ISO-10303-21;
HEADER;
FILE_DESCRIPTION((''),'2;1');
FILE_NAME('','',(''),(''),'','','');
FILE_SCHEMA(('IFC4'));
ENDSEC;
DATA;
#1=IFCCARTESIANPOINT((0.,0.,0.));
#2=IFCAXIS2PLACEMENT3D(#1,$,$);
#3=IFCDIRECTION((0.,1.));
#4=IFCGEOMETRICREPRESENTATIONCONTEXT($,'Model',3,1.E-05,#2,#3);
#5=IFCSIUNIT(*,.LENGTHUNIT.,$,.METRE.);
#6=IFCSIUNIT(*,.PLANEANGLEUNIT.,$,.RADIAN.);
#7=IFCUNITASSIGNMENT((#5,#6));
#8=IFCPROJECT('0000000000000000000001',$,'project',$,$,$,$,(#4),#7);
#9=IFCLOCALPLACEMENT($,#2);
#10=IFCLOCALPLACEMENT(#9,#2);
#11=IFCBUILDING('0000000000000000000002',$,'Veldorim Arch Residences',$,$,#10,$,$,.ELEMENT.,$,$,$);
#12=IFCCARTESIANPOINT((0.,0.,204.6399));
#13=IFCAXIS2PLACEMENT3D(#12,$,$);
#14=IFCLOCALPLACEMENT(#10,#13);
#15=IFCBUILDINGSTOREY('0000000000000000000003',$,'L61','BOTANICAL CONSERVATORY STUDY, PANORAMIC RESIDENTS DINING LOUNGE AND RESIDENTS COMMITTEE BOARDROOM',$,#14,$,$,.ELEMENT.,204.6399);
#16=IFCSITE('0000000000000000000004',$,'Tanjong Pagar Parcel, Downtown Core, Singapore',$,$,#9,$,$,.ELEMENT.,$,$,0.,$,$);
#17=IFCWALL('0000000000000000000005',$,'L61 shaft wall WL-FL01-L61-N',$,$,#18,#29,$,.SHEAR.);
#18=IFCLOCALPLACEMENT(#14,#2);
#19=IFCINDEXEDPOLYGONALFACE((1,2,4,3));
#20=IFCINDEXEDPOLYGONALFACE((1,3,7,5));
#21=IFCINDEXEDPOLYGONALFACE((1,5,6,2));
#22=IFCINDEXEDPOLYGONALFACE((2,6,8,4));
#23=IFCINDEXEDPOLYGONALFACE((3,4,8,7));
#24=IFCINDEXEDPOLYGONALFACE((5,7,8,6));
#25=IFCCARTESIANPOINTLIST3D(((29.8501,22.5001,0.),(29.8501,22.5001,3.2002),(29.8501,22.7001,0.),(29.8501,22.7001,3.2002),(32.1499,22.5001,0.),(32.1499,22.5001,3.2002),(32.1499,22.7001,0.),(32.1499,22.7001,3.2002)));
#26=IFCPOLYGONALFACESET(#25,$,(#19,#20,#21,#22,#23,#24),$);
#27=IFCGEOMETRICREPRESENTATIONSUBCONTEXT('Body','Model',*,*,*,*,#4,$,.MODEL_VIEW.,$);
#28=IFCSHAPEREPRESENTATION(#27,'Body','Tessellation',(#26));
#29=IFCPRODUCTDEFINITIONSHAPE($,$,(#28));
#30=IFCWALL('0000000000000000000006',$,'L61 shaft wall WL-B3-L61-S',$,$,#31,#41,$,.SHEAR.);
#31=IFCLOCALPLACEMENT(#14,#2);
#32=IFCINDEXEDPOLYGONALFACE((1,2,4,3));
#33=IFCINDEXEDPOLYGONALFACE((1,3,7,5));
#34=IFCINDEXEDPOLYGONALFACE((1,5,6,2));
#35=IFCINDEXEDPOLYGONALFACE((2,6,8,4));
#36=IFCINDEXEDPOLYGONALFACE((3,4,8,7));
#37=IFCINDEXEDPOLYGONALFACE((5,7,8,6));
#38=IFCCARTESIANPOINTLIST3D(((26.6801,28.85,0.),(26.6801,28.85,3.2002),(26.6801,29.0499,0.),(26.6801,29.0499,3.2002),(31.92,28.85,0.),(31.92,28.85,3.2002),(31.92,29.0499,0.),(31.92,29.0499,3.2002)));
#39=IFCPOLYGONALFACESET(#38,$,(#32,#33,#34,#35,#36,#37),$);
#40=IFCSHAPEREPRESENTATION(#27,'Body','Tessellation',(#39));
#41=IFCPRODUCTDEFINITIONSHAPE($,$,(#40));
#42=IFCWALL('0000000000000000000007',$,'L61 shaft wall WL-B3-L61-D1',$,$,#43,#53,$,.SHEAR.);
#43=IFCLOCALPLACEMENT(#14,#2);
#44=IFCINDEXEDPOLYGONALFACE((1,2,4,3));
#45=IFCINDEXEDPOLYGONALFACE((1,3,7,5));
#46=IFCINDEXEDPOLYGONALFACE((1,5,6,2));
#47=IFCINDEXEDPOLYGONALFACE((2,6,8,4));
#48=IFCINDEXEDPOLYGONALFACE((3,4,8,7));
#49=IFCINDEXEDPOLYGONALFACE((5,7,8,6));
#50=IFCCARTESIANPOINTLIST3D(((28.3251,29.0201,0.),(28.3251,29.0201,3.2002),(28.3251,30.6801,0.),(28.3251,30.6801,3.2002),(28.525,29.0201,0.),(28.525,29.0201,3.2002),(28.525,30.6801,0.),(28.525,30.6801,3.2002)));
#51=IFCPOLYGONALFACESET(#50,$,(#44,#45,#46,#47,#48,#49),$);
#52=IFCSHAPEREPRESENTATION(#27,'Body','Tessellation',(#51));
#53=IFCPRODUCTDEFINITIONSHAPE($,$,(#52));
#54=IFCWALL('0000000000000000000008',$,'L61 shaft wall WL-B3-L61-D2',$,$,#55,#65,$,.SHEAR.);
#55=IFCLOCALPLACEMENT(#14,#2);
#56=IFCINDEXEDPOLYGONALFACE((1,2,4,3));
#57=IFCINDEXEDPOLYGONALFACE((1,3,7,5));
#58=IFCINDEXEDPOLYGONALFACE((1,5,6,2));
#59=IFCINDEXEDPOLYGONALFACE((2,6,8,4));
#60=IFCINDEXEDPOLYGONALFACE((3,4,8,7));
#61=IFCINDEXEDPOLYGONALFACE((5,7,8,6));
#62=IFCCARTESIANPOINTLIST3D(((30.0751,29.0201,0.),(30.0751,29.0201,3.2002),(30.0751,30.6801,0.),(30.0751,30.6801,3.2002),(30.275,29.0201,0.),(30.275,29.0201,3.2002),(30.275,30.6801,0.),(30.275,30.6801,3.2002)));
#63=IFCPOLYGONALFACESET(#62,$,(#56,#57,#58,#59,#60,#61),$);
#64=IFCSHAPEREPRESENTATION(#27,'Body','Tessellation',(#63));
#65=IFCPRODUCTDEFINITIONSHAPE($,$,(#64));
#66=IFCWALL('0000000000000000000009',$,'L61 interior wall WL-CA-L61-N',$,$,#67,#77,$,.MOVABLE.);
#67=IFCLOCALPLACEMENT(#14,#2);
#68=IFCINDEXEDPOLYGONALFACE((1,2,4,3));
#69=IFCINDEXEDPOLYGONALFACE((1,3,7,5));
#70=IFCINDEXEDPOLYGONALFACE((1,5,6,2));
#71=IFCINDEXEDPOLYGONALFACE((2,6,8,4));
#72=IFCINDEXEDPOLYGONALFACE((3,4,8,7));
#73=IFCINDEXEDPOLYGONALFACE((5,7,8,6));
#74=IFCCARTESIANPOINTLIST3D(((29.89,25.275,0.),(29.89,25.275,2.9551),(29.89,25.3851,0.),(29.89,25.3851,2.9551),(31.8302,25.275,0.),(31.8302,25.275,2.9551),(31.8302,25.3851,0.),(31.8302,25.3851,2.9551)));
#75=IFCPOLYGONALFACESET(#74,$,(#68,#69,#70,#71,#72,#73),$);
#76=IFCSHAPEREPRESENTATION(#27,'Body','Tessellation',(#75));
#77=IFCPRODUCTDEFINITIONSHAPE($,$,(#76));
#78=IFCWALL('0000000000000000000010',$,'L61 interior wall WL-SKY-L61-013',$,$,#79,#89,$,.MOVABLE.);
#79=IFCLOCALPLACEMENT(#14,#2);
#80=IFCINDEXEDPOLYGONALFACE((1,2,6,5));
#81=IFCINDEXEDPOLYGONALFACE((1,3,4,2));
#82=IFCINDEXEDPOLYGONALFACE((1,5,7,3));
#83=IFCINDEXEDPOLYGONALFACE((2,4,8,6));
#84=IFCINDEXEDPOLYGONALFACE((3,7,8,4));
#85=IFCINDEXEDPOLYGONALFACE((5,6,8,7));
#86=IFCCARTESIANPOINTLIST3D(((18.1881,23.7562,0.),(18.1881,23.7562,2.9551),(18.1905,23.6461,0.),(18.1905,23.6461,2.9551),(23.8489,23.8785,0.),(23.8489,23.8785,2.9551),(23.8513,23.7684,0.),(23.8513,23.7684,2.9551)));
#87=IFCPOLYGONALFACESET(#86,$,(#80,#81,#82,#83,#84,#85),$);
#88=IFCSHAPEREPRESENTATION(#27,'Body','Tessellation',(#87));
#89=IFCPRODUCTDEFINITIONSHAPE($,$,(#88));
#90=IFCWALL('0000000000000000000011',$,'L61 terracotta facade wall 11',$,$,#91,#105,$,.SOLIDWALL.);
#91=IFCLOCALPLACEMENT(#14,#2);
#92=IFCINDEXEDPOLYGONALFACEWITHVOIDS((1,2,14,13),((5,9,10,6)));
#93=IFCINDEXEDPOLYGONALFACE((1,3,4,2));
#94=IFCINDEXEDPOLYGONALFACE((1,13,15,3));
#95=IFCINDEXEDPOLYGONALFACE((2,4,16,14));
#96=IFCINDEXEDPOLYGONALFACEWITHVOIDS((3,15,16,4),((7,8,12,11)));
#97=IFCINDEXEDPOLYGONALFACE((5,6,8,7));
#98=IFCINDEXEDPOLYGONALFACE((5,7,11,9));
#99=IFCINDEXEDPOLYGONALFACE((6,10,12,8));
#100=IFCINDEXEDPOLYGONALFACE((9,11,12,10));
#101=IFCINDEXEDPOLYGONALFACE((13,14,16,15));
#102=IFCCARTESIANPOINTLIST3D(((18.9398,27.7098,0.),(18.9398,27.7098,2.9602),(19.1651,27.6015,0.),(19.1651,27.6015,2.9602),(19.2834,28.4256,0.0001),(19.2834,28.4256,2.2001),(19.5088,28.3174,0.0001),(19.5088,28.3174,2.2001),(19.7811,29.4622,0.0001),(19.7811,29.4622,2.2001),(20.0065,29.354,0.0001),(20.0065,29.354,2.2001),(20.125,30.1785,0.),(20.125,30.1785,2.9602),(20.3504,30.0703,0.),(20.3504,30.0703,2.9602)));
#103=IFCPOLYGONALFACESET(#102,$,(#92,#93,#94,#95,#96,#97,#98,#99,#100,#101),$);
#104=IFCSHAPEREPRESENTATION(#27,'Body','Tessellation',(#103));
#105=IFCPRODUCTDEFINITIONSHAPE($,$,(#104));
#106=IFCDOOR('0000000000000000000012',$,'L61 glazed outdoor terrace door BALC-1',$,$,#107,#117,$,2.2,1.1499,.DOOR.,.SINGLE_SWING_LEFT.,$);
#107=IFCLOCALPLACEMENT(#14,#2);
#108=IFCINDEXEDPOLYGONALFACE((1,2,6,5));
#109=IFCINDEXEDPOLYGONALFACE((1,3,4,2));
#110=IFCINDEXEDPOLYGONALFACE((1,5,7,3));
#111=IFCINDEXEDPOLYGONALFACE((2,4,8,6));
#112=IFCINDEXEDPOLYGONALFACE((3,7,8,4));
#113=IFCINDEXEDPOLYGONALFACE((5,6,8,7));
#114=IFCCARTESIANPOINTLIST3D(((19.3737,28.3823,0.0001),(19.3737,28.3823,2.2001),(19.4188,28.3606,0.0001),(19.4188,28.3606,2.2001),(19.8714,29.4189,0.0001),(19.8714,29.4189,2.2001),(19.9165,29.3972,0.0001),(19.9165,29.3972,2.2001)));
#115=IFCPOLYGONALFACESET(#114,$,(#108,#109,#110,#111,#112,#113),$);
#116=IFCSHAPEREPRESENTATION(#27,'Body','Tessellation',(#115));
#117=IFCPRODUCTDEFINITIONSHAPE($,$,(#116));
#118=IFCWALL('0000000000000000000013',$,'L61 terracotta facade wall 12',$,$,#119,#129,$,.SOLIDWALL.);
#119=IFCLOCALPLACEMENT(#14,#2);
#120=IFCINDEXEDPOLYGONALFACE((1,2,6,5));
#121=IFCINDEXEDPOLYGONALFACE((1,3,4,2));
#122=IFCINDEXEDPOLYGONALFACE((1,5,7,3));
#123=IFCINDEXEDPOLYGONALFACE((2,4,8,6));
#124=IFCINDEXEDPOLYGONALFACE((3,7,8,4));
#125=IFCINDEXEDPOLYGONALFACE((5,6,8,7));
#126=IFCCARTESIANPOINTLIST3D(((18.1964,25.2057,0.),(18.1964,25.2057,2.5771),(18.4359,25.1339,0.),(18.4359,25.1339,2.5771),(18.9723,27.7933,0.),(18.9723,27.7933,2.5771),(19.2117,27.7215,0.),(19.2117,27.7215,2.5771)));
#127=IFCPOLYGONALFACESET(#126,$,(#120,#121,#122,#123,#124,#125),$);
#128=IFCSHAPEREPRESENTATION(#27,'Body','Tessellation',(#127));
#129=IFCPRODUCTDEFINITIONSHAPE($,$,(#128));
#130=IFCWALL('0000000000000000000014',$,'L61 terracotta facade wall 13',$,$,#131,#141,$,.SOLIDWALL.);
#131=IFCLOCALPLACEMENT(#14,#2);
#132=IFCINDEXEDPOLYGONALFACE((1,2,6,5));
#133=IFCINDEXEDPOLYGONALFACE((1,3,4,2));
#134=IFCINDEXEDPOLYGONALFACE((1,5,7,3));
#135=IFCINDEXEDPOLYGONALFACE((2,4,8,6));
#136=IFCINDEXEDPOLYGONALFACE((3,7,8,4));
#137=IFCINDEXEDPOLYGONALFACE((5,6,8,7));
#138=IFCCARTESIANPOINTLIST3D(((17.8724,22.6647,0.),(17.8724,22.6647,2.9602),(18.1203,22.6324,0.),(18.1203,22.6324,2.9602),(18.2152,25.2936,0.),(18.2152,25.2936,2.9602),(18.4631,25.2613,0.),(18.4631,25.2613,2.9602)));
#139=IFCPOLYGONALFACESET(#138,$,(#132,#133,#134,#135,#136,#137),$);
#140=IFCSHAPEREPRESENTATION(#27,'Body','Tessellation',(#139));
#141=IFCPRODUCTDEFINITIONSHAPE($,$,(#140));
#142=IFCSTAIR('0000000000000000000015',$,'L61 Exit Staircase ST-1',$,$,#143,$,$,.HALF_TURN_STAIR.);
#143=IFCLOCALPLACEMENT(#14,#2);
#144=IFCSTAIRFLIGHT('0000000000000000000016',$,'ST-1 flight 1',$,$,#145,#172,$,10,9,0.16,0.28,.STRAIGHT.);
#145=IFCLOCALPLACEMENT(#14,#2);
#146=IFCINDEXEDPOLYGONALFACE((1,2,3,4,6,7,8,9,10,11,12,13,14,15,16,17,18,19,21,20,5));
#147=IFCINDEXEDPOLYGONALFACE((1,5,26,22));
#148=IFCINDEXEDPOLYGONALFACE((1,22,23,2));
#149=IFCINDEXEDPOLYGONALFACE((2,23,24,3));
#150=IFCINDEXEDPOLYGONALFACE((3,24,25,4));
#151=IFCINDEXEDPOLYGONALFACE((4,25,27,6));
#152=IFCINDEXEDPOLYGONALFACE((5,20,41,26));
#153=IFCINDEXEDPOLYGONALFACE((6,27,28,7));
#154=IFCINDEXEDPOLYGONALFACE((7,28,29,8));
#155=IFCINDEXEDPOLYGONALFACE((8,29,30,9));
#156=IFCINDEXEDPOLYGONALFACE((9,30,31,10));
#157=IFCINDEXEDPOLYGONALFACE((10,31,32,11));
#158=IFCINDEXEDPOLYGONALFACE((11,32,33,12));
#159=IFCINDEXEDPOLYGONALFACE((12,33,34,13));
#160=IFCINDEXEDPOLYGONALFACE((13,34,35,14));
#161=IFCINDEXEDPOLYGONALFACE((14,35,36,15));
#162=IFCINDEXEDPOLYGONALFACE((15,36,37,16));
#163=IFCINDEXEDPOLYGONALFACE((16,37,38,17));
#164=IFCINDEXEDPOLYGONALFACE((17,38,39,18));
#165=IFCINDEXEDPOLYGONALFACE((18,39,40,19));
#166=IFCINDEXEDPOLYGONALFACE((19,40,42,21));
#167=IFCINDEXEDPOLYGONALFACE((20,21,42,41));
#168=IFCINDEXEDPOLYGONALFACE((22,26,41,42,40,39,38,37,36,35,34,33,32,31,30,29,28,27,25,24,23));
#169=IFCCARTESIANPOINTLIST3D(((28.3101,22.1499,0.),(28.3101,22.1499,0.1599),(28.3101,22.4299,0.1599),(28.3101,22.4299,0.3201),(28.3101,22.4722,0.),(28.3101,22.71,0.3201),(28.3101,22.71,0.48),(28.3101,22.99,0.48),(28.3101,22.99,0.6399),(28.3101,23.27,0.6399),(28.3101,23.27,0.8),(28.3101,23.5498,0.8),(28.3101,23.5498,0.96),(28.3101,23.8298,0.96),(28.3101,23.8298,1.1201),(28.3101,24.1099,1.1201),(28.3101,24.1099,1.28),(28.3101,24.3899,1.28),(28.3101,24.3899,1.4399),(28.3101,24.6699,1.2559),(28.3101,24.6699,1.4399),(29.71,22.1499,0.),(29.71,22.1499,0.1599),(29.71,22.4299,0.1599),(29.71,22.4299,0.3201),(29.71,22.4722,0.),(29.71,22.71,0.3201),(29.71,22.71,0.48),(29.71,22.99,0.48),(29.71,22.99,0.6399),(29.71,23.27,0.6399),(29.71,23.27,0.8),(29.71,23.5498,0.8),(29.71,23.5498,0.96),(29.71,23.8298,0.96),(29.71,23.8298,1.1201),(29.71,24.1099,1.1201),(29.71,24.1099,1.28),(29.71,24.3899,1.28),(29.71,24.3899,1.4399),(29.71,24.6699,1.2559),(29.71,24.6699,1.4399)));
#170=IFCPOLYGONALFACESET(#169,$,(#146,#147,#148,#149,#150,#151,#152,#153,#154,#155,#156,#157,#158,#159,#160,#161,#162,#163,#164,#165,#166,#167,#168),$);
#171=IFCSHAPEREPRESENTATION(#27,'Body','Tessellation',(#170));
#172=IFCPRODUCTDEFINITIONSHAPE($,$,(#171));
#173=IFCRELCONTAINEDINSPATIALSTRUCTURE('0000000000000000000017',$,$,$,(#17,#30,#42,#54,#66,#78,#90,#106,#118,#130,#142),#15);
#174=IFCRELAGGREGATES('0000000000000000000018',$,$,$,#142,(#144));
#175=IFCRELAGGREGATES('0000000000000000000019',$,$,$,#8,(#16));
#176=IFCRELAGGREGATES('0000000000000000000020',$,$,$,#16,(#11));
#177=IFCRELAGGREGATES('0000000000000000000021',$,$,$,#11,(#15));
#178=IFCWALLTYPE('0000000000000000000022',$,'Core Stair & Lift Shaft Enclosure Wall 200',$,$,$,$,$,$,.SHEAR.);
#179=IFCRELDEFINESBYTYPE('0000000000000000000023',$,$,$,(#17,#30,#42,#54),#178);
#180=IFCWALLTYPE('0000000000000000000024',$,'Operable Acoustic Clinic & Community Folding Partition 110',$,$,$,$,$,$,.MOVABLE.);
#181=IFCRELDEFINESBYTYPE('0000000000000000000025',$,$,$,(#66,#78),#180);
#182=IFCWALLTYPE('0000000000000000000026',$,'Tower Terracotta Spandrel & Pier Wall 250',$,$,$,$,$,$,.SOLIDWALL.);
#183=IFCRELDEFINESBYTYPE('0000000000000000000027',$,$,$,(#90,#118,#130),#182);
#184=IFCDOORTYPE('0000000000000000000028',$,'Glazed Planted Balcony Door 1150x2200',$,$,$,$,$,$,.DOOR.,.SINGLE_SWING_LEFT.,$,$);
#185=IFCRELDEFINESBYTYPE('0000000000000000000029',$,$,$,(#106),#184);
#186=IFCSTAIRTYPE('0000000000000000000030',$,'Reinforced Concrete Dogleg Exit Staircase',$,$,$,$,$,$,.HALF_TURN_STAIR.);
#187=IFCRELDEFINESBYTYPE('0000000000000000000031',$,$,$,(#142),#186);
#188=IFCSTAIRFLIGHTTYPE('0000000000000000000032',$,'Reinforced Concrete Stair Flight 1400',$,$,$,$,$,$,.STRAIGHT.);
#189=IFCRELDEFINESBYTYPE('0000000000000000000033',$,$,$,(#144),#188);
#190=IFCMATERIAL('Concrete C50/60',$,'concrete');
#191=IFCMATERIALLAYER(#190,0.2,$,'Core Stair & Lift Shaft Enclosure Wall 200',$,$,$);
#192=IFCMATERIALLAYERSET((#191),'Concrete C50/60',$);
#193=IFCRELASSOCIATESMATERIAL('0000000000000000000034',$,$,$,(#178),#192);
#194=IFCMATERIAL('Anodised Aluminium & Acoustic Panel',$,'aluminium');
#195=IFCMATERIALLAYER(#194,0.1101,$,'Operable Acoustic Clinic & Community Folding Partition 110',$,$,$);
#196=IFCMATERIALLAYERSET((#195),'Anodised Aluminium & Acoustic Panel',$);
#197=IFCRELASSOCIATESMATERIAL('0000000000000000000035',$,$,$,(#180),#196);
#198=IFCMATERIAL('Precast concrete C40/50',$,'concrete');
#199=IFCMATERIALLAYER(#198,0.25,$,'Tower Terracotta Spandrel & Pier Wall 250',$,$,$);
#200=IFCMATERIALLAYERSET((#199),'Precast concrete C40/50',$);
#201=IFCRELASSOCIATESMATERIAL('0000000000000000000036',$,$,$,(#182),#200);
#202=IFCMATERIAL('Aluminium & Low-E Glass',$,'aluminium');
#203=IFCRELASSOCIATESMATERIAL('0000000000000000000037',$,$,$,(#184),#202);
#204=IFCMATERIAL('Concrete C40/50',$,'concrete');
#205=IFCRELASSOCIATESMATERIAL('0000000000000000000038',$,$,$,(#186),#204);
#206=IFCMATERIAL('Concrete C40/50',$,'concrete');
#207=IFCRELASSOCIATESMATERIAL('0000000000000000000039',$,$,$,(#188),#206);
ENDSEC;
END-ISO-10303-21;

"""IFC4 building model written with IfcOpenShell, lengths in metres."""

from ifc_helpers import new_model, si_unit, direction, frame, frame_2d, origin, place, context, subcontext, project, spatial, polyline, rectangle, outline, extrude, material, layer, layer_set, type_object, element, fill, aggregate, save


model = new_model("IFC4")

# Units and contexts
model_context = context("Model", 3, precision=1e-05, world=origin(), true_north=direction((0.0, 1.0)))
body_context = subcontext(model_context, "Body", "Model", "MODEL_VIEW")
ifc_project = project(units=[si_unit("LENGTHUNIT", "METRE"), si_unit("PLANEANGLEUNIT", "RADIAN")], contexts=[model_context])

# Site, building, storey
site_placement = place(None, origin())
site = spatial("IfcSite", under=ifc_project, at=site_placement, Name="Tanjong Pagar Parcel, Downtown Core, Singapore", CompositionType="ELEMENT", RefElevation=0.0)
building_placement = place(site_placement, origin())
building = spatial("IfcBuilding", under=site, at=building_placement, Name="Veldorim Arch Residences", CompositionType="ELEMENT")
storey_placement = place(building_placement, frame((0.0, 0.0, 204.6399)))
storey = spatial("IfcBuildingStorey", under=building, at=storey_placement, Name="L61", Description="BOTANICAL CONSERVATORY STUDY, PANORAMIC RESIDENTS DINING LOUNGE AND RESIDENTS COMMITTEE BOARDROOM", CompositionType="ELEMENT", Elevation=204.6399)

# Walls
ifc_material_1 = material(Name="Concrete C50/60", Category="concrete")
ifc_layer_1 = layer(ifc_material_1, 0.2, Name="Core Stair & Lift Shaft Enclosure Wall 200")
ifc_layer_set_1 = layer_set([ifc_layer_1], Name="Concrete C50/60")
wall_type_1 = type_object("IfcWallType", Name="Core Stair & Lift Shaft Enclosure Wall 200", PredefinedType="SHEAR", material=ifc_layer_set_1)
wall_1_placement = place(storey_placement, frame((29.8501, 22.6001, 0.0), z_axis=(0.0, 0.0, 1.0), x_axis=(1.0, 0.0, 0.0)))
element("IfcWall", 1, at=wall_1_placement, inside=storey, type_object=wall_type_1, Name="L61 shaft wall WL-FL01-L61-N", PredefinedType="SHEAR", context=body_context, shape_type="SweptSolid", body=[
    extrude(rectangle(XDim=2.2998, YDim=0.2, at=frame_2d((1.1499, 0.0))), origin(), (0.0, 0.0, 1.0), 3.2002),
])
wall_2_placement = place(storey_placement, frame((26.6799, 28.95, 0.0), z_axis=(0.0, 0.0, 1.0), x_axis=(1.0, 0.0, 0.0)))
element("IfcWall", 2, at=wall_2_placement, inside=storey, type_object=wall_type_1, Name="L61 shaft wall WL-B3-L61-S", PredefinedType="SHEAR", context=body_context, shape_type="SweptSolid", body=[
    extrude(rectangle(XDim=5.24, YDim=0.2, at=frame_2d((2.6201, 0.0))), origin(), (0.0, 0.0, 1.0), 3.2002),
])
for number, where, z_axis, x_axis, name in (
    (3, (28.425, 29.02, 0.0), (0.0, 0.0, 1.0), (0.0, 1.0, 0.0), "L61 shaft wall WL-B3-L61-D1"),
    (4, (30.175, 29.02, 0.0), (0.0, 0.0, 1.0), (0.0, 1.0, 0.0), "L61 shaft wall WL-B3-L61-D2"),
):
    element("IfcWall", number, at=place(storey_placement, frame(where, z_axis=z_axis, x_axis=x_axis)), inside=storey, type_object=wall_type_1, Name=name, PredefinedType="SHEAR", context=body_context, shape_type="SweptSolid", body=[
        extrude(rectangle(XDim=1.6599, YDim=0.2, at=frame_2d((0.8301, 0.0))), origin(), (0.0, 0.0, 1.0), 3.2002),
    ])
ifc_material_2 = material(Name="Anodised Aluminium & Acoustic Panel", Category="aluminium")
ifc_layer_2 = layer(ifc_material_2, 0.1101, Name="Operable Acoustic Clinic & Community Folding Partition 110")
ifc_layer_set_2 = layer_set([ifc_layer_2], Name="Anodised Aluminium & Acoustic Panel")
wall_type_2 = type_object("IfcWallType", Name="Operable Acoustic Clinic & Community Folding Partition 110", PredefinedType="MOVABLE", material=ifc_layer_set_2)
wall_3_placement = place(storey_placement, frame((29.8899, 25.3301, 0.0), z_axis=(0.0, 0.0, 1.0), x_axis=(1.0, 0.0, 0.0)))
element("IfcWall", 5, at=wall_3_placement, inside=storey, type_object=wall_type_2, Name="L61 interior wall WL-CA-L61-N", PredefinedType="MOVABLE", context=body_context, shape_type="SweptSolid", body=[
    extrude(rectangle(XDim=1.9402, YDim=0.1101, at=frame_2d((0.9702, 0.0))), origin(), (0.0, 0.0, 1.0), 2.9551),
])
wall_4_placement = place(storey_placement, frame((23.8501, 23.8235, 0.0), z_axis=(0.0, 0.0, 1.0), x_axis=(-0.999767, -0.021602, 0.0)))
element("IfcWall", 6, at=wall_4_placement, inside=storey, type_object=wall_type_2, Name="L61 interior wall WL-SKY-L61-013", PredefinedType="MOVABLE", context=body_context, shape_type="SweptSolid", body=[
    extrude(rectangle(XDim=5.6621, YDim=0.1101, at=frame_2d((2.8311, 0.0))), origin(), (0.0, 0.0, 1.0), 2.9551),
])

# Wall, opening, door
ifc_material_3 = material(Name="Precast concrete C40/50", Category="concrete")
ifc_layer_3 = layer(ifc_material_3, 0.25, Name="Tower Terracotta Spandrel & Pier Wall 250")
ifc_layer_set_3 = layer_set([ifc_layer_3], Name="Precast concrete C40/50")
wall_type_3 = type_object("IfcWallType", Name="Tower Terracotta Spandrel & Pier Wall 250", PredefinedType="SOLIDWALL", material=ifc_layer_set_3)
wall_5_placement = place(storey_placement, frame((19.0525, 27.6558, 0.0), z_axis=(0.0, 0.0, 1.0), x_axis=(0.432821, 0.90148, 0.0)))
wall_5 = element("IfcWall", 7, at=wall_5_placement, inside=storey, type_object=wall_type_3, Name="L61 terracotta facade wall 11", PredefinedType="SOLIDWALL", context=body_context, shape_type="SweptSolid", body=[
    extrude(rectangle(XDim=2.7385, YDim=0.25, at=frame_2d((1.3691, 0.0))), origin(), (0.0, 0.0, 1.0), 2.9602),
])
opening_placement = place(wall_5_placement, frame((0.7939, 0.0, 0.0)))
opening = element("IfcOpeningElement", 8, at=opening_placement, cuts=wall_5, PredefinedType="OPENING", context=body_context, shape_type="SweptSolid", body=[
    extrude(rectangle(XDim=1.1499, YDim=2.2, at=frame_2d((0.575, 1.1001))), frame((0.0, 0.135, 0.0), z_axis=(0.0, -1.0, 0.0), x_axis=(1.0, 0.0, 0.0)), (0.0, 0.0, 1.0), 0.27),
])
ifc_material_4 = material(Name="Aluminium & Low-E Glass", Category="aluminium")
door_type = type_object("IfcDoorType", Name="Glazed Planted Balcony Door 1150x2200", OperationType="SINGLE_SWING_LEFT", PredefinedType="DOOR", material=ifc_material_4)
door_placement = place(opening_placement, origin())
door = element("IfcDoor", 9, at=door_placement, inside=storey, type_object=door_type, Name="L61 glazed outdoor terrace door BALC-1", OperationType="SINGLE_SWING_LEFT", OverallHeight=2.2, OverallWidth=1.1499, PredefinedType="DOOR", context=body_context, shape_type="SweptSolid", body=[
    extrude(rectangle(XDim=1.1499, YDim=2.2, at=frame_2d((0.575, 1.1001))), frame((0.0, 0.0249, 0.0), z_axis=(0.0, -1.0, 0.0), x_axis=(1.0, 0.0, 0.0)), (0.0, 0.0, 1.0), 0.05),
])
fill(opening, door)

# Walls
wall_6_placement = place(storey_placement, frame((18.3162, 25.1699, 0.0), z_axis=(0.0, 0.0, 1.0), x_axis=(0.287207, 0.957869, 0.0)))
element("IfcWall", 10, at=wall_6_placement, inside=storey, type_object=wall_type_3, Name="L61 terracotta facade wall 12", PredefinedType="SOLIDWALL", context=body_context, shape_type="SweptSolid", body=[
    extrude(rectangle(XDim=2.7014, YDim=0.25, at=frame_2d((1.3506, 0.0))), origin(), (0.0, 0.0, 1.0), 2.5771),
])
wall_7_placement = place(storey_placement, frame((17.9963, 22.6484, 0.0), z_axis=(0.0, 0.0, 1.0), x_axis=(0.129292, 0.991607, 0.0)))
element("IfcWall", 11, at=wall_7_placement, inside=storey, type_object=wall_type_3, Name="L61 terracotta facade wall 13", PredefinedType="SOLIDWALL", context=body_context, shape_type="SweptSolid", body=[
    extrude(rectangle(XDim=2.6511, YDim=0.25, at=frame_2d((1.3257, 0.0))), origin(), (0.0, 0.0, 1.0), 2.9602),
])

# Stair, stair flight
ifc_material_5 = material(Name="Concrete C40/50", Category="concrete")
stair_type = type_object("IfcStairType", Name="Reinforced Concrete Dogleg Exit Staircase", PredefinedType="HALF_TURN_STAIR", material=ifc_material_5)
stair_placement = place(storey_placement, origin())
stair = element("IfcStair", 12, at=stair_placement, inside=storey, type_object=stair_type, Name="L61 Exit Staircase ST-1", PredefinedType="HALF_TURN_STAIR")
ifc_material_6 = material(Name="Concrete C40/50", Category="concrete")
stair_flight_type = type_object("IfcStairFlightType", Name="Reinforced Concrete Stair Flight 1400", PredefinedType="STRAIGHT", material=ifc_material_6)
stair_flight_1_placement = place(storey_placement, frame((29.01, 22.1499, 0.0), z_axis=(0.0, 0.0, 1.0), x_axis=(0.0, 1.0, 0.0)))
stair_flight_1 = element("IfcStairFlight", 13, at=stair_flight_1_placement, type_object=stair_flight_type, Name="ST-1 flight 1", NumberOfRisers=10, NumberOfTreads=9, PredefinedType="STRAIGHT", RiserHeight=0.16, TreadLength=0.28, context=body_context, shape_type="SweptSolid", body=[
    extrude(outline(polyline([(0.0, 0.0), (0.0, 0.1599), (0.28, 0.1599), (0.28, 0.3201), (0.5601, 0.3201), (0.5601, 0.48), (0.8401, 0.48), (0.8401, 0.6399), (1.1201, 0.6399), (1.1201, 0.8), (1.3999, 0.8), (1.3999, 0.96), (1.6799, 0.96), (1.6799, 1.1201), (1.96, 1.1201), (1.96, 1.28), (2.24, 1.28), (2.24, 1.4399), (2.52, 1.4399), (2.52, 1.6001), (2.52, 1.2559), (0.3223, 0.0), (0.0, 0.0)])), frame((0.0, 0.7, 0.0), z_axis=(0.0, -1.0, 0.0), x_axis=(1.0, 0.0, 0.0)), (0.0, 0.0, 1.0), 1.3999),
])
aggregate(stair, [stair_flight_1])

save(model, "model.ifc")
